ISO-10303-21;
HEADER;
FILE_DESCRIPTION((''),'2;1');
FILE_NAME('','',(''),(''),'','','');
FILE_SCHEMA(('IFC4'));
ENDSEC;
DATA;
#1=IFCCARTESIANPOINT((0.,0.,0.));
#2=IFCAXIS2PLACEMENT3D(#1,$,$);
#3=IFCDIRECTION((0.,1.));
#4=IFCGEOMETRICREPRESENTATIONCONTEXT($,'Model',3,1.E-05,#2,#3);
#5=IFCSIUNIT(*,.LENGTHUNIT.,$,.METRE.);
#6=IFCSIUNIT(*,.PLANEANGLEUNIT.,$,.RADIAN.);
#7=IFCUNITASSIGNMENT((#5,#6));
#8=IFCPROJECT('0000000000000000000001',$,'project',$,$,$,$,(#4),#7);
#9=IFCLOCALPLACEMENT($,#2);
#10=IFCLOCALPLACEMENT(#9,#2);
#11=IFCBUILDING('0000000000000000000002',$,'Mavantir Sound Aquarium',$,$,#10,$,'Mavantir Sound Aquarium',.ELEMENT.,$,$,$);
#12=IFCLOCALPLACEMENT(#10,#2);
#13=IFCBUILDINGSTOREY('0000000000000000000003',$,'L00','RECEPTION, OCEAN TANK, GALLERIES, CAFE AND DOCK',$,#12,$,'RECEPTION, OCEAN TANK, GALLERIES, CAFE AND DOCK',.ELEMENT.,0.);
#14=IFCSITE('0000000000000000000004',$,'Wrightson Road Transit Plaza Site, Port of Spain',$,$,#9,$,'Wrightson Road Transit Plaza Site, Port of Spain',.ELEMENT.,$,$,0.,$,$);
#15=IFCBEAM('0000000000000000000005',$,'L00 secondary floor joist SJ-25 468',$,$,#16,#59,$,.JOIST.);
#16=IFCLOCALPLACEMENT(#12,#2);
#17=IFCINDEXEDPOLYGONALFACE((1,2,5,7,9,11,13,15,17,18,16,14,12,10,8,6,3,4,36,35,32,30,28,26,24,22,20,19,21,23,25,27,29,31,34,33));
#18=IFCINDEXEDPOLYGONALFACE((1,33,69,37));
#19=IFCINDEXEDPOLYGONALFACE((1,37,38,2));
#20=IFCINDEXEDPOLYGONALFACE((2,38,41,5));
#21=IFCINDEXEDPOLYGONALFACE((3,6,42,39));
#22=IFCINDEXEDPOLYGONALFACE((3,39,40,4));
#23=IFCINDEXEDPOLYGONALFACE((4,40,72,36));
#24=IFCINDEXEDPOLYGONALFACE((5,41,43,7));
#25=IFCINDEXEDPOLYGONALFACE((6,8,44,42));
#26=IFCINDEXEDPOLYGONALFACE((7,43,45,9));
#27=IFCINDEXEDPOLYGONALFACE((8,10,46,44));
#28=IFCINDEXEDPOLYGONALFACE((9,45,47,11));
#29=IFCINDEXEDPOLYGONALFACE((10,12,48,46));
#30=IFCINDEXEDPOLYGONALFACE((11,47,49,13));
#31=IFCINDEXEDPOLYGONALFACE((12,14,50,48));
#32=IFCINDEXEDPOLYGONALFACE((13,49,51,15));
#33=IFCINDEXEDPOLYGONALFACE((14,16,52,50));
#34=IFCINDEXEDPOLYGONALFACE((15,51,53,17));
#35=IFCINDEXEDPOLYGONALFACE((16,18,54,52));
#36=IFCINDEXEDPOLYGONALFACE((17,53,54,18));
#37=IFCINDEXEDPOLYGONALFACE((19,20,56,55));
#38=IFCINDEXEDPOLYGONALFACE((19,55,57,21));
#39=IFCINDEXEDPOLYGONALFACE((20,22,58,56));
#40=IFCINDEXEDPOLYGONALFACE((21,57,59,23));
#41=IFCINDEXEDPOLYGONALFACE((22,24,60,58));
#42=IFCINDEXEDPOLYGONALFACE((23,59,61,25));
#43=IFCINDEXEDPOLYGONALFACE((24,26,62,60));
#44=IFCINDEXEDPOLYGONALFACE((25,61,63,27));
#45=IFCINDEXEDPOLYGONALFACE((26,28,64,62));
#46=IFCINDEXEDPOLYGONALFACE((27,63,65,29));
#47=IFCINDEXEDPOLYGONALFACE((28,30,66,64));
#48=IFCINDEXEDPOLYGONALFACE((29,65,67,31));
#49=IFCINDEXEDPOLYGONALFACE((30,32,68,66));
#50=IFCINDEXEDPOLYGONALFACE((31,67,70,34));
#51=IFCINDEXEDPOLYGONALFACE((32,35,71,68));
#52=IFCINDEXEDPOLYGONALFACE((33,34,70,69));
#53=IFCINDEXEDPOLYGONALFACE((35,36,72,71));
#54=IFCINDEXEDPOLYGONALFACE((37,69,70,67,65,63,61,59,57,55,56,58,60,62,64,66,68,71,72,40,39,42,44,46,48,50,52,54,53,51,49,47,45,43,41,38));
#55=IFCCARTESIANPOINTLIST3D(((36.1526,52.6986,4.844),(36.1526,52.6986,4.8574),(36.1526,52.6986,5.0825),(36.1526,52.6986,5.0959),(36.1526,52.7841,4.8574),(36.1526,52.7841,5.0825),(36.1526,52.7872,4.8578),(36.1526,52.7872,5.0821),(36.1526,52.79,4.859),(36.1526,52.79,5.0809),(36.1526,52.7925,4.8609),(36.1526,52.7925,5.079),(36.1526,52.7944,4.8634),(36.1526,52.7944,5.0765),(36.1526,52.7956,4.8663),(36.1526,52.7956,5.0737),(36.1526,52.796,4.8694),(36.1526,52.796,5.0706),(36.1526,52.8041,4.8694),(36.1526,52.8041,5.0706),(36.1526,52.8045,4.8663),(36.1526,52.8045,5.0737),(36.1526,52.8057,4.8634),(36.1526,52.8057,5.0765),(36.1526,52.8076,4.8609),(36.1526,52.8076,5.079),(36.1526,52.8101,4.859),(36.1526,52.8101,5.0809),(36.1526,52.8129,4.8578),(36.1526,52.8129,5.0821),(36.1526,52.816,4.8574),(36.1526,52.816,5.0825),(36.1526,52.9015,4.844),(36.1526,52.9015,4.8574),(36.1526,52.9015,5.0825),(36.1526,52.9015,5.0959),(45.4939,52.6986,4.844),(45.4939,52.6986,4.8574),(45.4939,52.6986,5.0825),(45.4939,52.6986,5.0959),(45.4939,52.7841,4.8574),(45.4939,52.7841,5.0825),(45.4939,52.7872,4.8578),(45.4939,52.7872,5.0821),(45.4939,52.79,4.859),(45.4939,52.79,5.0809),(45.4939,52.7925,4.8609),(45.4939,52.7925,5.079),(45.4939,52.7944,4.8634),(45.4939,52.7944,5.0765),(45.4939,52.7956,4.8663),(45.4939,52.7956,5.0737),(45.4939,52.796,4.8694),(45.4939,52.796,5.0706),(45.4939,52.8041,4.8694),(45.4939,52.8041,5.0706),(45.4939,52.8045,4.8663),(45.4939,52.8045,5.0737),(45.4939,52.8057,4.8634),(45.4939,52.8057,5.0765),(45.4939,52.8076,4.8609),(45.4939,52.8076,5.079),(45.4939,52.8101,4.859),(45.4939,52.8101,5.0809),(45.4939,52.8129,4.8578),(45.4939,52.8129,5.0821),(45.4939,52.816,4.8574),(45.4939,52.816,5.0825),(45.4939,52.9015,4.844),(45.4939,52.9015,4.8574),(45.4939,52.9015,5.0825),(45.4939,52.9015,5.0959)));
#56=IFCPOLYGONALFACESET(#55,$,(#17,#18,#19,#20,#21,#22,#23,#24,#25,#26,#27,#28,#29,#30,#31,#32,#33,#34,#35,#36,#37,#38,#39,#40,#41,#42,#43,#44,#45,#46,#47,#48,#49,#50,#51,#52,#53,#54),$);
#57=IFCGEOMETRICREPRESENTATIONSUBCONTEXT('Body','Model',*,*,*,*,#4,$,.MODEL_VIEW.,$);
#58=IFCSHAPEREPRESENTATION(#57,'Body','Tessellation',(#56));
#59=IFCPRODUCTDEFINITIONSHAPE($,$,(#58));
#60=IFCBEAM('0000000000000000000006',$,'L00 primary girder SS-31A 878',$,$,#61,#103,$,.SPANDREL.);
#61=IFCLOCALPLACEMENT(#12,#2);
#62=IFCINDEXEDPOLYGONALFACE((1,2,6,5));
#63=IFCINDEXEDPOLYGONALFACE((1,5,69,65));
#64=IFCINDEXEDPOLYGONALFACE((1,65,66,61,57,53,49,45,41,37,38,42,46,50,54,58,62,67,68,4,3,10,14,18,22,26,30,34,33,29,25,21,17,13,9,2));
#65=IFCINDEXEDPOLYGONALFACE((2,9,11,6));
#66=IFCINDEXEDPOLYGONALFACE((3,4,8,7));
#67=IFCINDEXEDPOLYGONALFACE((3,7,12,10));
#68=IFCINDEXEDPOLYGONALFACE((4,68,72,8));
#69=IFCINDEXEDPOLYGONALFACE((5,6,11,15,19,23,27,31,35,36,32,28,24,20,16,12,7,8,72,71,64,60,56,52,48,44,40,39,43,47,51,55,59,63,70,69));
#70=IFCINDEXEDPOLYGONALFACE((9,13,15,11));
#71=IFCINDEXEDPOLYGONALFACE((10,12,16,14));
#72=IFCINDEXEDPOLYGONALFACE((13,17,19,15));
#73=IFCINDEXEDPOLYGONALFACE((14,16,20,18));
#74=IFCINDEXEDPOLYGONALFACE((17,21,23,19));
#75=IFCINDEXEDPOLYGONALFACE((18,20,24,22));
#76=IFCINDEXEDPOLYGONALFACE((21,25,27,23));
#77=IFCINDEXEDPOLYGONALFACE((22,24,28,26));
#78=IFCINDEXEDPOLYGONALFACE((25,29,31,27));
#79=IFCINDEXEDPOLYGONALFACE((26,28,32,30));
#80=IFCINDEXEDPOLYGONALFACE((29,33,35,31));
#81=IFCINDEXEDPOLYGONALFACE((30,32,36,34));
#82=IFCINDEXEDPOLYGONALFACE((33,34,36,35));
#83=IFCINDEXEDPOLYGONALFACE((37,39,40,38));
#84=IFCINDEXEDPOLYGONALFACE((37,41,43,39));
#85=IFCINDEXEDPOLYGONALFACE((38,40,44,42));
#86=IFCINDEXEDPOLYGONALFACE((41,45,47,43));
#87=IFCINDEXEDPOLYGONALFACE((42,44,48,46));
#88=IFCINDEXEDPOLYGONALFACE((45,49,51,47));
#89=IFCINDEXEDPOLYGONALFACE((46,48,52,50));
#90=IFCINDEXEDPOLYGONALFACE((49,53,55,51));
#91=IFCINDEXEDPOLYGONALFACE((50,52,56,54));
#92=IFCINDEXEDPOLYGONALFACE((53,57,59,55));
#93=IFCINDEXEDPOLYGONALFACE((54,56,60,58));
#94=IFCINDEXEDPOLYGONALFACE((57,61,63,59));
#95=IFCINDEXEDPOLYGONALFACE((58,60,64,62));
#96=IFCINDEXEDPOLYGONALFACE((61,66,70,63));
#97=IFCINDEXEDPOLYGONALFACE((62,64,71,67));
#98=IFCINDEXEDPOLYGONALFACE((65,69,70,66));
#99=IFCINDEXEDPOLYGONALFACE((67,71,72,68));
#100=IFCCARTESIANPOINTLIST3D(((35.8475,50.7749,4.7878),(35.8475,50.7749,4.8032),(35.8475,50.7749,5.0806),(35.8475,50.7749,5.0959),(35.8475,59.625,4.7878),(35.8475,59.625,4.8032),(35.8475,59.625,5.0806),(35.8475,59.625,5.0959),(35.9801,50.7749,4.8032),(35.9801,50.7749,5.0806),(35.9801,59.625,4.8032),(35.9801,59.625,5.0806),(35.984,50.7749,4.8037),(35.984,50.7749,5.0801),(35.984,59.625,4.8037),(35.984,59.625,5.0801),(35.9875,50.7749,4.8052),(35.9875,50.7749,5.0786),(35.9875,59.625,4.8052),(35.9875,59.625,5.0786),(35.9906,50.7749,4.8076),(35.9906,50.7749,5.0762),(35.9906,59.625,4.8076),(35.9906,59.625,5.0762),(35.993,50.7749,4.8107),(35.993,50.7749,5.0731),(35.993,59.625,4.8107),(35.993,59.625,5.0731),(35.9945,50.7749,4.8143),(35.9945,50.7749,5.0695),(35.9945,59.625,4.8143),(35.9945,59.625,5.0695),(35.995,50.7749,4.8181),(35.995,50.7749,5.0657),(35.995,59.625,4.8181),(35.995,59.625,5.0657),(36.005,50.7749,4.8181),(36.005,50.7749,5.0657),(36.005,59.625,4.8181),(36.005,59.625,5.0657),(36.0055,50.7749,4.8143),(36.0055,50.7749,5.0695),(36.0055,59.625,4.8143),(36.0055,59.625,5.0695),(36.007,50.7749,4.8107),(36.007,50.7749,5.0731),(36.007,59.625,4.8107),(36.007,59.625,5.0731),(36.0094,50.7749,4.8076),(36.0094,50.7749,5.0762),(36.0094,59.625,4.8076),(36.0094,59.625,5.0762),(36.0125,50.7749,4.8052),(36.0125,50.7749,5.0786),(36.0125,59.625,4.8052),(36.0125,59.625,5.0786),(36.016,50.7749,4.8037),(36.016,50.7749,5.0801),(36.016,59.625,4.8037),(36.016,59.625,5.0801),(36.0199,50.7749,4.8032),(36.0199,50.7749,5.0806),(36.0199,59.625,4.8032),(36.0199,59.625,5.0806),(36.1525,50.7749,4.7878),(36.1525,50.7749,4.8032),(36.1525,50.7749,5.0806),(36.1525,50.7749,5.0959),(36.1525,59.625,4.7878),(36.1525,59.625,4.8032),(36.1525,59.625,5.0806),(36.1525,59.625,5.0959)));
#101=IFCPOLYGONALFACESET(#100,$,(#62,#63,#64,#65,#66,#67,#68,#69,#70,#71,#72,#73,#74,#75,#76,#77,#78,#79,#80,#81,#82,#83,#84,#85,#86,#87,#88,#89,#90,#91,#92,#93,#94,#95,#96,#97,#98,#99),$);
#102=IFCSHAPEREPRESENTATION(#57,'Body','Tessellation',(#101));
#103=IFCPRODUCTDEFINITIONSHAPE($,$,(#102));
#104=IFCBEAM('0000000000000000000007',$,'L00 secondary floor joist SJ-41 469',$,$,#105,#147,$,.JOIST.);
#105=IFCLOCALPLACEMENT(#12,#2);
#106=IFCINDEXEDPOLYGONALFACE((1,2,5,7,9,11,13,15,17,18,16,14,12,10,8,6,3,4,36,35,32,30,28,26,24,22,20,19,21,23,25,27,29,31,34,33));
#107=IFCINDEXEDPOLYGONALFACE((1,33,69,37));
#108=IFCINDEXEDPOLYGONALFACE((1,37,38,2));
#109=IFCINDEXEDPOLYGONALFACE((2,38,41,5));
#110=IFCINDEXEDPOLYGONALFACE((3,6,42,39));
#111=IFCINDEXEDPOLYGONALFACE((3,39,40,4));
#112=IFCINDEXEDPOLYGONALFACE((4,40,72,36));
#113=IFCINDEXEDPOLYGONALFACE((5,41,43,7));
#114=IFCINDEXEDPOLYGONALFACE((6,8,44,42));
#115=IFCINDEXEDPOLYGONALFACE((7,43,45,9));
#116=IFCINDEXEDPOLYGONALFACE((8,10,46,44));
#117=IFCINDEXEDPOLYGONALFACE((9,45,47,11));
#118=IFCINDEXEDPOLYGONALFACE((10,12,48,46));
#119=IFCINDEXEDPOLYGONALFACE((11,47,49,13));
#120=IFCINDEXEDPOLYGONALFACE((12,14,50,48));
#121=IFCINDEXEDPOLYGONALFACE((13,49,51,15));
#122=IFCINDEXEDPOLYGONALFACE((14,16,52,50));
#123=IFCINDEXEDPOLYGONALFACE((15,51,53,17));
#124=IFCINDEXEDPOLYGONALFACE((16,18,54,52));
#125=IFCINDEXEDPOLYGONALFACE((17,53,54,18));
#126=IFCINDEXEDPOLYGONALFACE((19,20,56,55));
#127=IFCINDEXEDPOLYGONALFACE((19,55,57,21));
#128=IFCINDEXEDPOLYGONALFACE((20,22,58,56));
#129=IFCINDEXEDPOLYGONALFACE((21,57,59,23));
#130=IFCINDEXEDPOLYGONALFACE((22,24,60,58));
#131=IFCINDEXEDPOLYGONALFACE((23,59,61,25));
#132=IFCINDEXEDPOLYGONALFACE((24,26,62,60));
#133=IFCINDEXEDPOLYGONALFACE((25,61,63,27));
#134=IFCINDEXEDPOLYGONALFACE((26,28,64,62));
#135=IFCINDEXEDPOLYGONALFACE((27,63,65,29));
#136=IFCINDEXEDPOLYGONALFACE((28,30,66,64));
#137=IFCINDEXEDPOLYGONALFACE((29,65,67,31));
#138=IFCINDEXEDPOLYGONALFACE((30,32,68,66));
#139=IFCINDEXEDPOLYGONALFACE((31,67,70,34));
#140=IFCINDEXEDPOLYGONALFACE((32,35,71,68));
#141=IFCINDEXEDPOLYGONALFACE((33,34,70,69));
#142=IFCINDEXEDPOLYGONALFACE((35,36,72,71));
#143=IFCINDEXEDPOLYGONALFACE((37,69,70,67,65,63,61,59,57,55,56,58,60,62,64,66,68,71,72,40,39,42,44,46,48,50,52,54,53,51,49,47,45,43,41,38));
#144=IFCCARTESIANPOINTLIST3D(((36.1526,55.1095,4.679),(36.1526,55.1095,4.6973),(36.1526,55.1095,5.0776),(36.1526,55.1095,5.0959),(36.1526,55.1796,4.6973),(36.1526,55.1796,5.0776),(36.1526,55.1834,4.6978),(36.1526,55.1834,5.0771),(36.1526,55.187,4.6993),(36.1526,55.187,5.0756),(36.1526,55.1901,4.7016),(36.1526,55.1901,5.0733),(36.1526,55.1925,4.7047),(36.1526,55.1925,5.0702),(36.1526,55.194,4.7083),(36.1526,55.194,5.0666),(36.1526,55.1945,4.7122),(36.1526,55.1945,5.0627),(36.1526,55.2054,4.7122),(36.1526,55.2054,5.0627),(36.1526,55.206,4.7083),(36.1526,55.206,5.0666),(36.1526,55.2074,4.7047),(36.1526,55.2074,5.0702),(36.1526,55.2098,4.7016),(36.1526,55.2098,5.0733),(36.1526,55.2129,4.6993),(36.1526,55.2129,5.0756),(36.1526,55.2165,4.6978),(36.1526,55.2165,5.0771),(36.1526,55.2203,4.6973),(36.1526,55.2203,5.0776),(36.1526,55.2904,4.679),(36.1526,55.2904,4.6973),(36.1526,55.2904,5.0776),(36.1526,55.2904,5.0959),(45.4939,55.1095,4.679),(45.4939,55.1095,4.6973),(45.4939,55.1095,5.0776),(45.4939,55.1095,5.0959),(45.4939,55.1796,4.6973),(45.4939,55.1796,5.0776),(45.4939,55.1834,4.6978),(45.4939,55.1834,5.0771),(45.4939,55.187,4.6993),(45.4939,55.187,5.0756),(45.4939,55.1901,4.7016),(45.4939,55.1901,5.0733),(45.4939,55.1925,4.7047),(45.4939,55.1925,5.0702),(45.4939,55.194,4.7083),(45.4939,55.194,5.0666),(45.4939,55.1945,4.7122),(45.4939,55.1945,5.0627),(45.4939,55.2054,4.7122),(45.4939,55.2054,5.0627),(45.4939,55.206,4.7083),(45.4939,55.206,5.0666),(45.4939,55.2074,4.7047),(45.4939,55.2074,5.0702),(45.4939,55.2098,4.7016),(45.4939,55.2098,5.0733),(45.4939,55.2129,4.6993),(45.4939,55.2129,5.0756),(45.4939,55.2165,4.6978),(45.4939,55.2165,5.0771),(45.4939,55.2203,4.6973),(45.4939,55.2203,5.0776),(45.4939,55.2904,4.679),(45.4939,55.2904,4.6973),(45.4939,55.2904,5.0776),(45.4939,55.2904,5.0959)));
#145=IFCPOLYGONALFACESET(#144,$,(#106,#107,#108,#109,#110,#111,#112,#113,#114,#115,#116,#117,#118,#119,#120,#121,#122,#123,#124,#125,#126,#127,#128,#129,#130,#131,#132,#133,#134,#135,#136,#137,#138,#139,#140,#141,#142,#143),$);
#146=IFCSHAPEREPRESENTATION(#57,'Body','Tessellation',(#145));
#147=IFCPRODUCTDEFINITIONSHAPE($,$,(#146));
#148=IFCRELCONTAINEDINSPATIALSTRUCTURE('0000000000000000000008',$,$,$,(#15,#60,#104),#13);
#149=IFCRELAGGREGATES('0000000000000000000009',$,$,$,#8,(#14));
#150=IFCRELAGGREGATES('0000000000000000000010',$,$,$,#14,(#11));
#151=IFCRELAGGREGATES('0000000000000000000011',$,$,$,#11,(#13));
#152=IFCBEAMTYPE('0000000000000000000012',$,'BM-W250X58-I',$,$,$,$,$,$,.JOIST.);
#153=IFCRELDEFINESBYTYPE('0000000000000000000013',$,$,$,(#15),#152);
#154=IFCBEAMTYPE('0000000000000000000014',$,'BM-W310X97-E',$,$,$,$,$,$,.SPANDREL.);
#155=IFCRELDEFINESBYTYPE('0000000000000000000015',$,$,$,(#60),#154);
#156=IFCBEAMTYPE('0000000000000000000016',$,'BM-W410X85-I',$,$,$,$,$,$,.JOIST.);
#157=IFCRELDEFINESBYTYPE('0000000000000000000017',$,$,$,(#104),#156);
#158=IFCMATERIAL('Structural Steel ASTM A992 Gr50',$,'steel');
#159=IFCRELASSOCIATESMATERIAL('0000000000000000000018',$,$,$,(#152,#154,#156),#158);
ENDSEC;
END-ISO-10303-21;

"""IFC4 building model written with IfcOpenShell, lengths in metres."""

from ifc_helpers import new_model, si_unit, direction, frame, origin, origin_2d, place, context, subcontext, project, spatial, i_section, extrude, material, material_profile, profile_set, type_object, element, save


model = new_model("IFC4")

# Units and contexts
model_context = context("Model", 3, precision=1e-05, world=origin(), true_north=direction((0.0, 1.0)))
body_context = subcontext(model_context, "Body", "Model", "MODEL_VIEW")
ifc_project = project(units=[si_unit("LENGTHUNIT", "METRE"), si_unit("PLANEANGLEUNIT", "RADIAN")], contexts=[model_context])

# Site, building, storey
site_placement = place(None, origin())
site = spatial("IfcSite", under=ifc_project, at=site_placement, Name="Wrightson Road Transit Plaza Site, Port of Spain", LongName="Wrightson Road Transit Plaza Site, Port of Spain", CompositionType="ELEMENT", RefElevation=0.0)
building_placement = place(site_placement, origin())
building = spatial("IfcBuilding", under=site, at=building_placement, Name="Mavantir Sound Aquarium", LongName="Mavantir Sound Aquarium", CompositionType="ELEMENT")
storey_placement = place(building_placement, origin())
storey = spatial("IfcBuildingStorey", under=building, at=storey_placement, Name="L00", Description="RECEPTION, OCEAN TANK, GALLERIES, CAFE AND DOCK", LongName="RECEPTION, OCEAN TANK, GALLERIES, CAFE AND DOCK", CompositionType="ELEMENT", Elevation=0.0)

# Beams
ifc_material_1 = material(Name="Structural Steel ASTM A992 Gr50", Category="steel")
ifc_material_profile_1 = material_profile(ifc_material_1, i_section(OverallWidth=0.2029, OverallDepth=0.252, WebThickness=0.0081, FlangeThickness=0.0134, FilletRadius=0.012, at=origin_2d()), Name="W250X58")
ifc_profile_set_1 = profile_set([ifc_material_profile_1], Name="Structural Steel ASTM A992 Gr50")
beam_type_1 = type_object("IfcBeamType", Name="BM-W250X58-I", PredefinedType="JOIST", material=ifc_profile_set_1)
beam_1_placement = place(storey_placement, frame((36.1526, 52.8, 4.97), z_axis=(1.0, 0.0, 0.0), x_axis=(0.0, 1.0, 0.0)))
element("IfcBeam", 1, at=beam_1_placement, inside=storey, type_object=beam_type_1, Name="L00 secondary floor joist SJ-25 468", PredefinedType="JOIST", context=body_context, shape_type="SweptSolid", body=[
    extrude(i_section(OverallWidth=0.2029, OverallDepth=0.252, WebThickness=0.0081, FlangeThickness=0.0134, FilletRadius=0.012, at=origin_2d()), origin(), (0.0, 0.0, 1.0), 9.3413),
])
ifc_material_profile_2 = material_profile(ifc_material_1, i_section(OverallWidth=0.3049, OverallDepth=0.3081, WebThickness=0.01, FlangeThickness=0.0154, FilletRadius=0.0149, at=origin_2d()), Name="W310X97")
ifc_profile_set_2 = profile_set([ifc_material_profile_2], Name="Structural Steel ASTM A992 Gr50")
beam_type_2 = type_object("IfcBeamType", Name="BM-W310X97-E", PredefinedType="SPANDREL", material=ifc_profile_set_2)
beam_2_placement = place(storey_placement, frame((36.0, 50.7749, 4.9419), z_axis=(0.0, 1.0, 0.0), x_axis=(-1.0, 0.0, 0.0)))
element("IfcBeam", 2, at=beam_2_placement, inside=storey, type_object=beam_type_2, Name="L00 primary girder SS-31A 878", PredefinedType="SPANDREL", context=body_context, shape_type="SweptSolid", body=[
    extrude(i_section(OverallWidth=0.3049, OverallDepth=0.3081, WebThickness=0.01, FlangeThickness=0.0154, FilletRadius=0.0149, at=origin_2d()), origin(), (0.0, 0.0, 1.0), 8.8501),
])
ifc_material_profile_3 = material_profile(ifc_material_1, i_section(OverallWidth=0.1809, OverallDepth=0.417, WebThickness=0.011, FlangeThickness=0.0183, FilletRadius=0.0149, at=origin_2d()), Name="W410X85")
ifc_profile_set_3 = profile_set([ifc_material_profile_3], Name="Structural Steel ASTM A992 Gr50")
beam_type_3 = type_object("IfcBeamType", Name="BM-W410X85-I", PredefinedType="JOIST", material=ifc_profile_set_3)
beam_3_placement = place(storey_placement, frame((36.1526, 55.2, 4.8875), z_axis=(1.0, 0.0, 0.0), x_axis=(0.0, 1.0, 0.0)))
element("IfcBeam", 3, at=beam_3_placement, inside=storey, type_object=beam_type_3, Name="L00 secondary floor joist SJ-41 469", PredefinedType="JOIST", context=body_context, shape_type="SweptSolid", body=[
    extrude(i_section(OverallWidth=0.1809, OverallDepth=0.417, WebThickness=0.011, FlangeThickness=0.0183, FilletRadius=0.0149, at=origin_2d()), origin(), (0.0, 0.0, 1.0), 9.3413),
])

save(model, "model.ifc")
